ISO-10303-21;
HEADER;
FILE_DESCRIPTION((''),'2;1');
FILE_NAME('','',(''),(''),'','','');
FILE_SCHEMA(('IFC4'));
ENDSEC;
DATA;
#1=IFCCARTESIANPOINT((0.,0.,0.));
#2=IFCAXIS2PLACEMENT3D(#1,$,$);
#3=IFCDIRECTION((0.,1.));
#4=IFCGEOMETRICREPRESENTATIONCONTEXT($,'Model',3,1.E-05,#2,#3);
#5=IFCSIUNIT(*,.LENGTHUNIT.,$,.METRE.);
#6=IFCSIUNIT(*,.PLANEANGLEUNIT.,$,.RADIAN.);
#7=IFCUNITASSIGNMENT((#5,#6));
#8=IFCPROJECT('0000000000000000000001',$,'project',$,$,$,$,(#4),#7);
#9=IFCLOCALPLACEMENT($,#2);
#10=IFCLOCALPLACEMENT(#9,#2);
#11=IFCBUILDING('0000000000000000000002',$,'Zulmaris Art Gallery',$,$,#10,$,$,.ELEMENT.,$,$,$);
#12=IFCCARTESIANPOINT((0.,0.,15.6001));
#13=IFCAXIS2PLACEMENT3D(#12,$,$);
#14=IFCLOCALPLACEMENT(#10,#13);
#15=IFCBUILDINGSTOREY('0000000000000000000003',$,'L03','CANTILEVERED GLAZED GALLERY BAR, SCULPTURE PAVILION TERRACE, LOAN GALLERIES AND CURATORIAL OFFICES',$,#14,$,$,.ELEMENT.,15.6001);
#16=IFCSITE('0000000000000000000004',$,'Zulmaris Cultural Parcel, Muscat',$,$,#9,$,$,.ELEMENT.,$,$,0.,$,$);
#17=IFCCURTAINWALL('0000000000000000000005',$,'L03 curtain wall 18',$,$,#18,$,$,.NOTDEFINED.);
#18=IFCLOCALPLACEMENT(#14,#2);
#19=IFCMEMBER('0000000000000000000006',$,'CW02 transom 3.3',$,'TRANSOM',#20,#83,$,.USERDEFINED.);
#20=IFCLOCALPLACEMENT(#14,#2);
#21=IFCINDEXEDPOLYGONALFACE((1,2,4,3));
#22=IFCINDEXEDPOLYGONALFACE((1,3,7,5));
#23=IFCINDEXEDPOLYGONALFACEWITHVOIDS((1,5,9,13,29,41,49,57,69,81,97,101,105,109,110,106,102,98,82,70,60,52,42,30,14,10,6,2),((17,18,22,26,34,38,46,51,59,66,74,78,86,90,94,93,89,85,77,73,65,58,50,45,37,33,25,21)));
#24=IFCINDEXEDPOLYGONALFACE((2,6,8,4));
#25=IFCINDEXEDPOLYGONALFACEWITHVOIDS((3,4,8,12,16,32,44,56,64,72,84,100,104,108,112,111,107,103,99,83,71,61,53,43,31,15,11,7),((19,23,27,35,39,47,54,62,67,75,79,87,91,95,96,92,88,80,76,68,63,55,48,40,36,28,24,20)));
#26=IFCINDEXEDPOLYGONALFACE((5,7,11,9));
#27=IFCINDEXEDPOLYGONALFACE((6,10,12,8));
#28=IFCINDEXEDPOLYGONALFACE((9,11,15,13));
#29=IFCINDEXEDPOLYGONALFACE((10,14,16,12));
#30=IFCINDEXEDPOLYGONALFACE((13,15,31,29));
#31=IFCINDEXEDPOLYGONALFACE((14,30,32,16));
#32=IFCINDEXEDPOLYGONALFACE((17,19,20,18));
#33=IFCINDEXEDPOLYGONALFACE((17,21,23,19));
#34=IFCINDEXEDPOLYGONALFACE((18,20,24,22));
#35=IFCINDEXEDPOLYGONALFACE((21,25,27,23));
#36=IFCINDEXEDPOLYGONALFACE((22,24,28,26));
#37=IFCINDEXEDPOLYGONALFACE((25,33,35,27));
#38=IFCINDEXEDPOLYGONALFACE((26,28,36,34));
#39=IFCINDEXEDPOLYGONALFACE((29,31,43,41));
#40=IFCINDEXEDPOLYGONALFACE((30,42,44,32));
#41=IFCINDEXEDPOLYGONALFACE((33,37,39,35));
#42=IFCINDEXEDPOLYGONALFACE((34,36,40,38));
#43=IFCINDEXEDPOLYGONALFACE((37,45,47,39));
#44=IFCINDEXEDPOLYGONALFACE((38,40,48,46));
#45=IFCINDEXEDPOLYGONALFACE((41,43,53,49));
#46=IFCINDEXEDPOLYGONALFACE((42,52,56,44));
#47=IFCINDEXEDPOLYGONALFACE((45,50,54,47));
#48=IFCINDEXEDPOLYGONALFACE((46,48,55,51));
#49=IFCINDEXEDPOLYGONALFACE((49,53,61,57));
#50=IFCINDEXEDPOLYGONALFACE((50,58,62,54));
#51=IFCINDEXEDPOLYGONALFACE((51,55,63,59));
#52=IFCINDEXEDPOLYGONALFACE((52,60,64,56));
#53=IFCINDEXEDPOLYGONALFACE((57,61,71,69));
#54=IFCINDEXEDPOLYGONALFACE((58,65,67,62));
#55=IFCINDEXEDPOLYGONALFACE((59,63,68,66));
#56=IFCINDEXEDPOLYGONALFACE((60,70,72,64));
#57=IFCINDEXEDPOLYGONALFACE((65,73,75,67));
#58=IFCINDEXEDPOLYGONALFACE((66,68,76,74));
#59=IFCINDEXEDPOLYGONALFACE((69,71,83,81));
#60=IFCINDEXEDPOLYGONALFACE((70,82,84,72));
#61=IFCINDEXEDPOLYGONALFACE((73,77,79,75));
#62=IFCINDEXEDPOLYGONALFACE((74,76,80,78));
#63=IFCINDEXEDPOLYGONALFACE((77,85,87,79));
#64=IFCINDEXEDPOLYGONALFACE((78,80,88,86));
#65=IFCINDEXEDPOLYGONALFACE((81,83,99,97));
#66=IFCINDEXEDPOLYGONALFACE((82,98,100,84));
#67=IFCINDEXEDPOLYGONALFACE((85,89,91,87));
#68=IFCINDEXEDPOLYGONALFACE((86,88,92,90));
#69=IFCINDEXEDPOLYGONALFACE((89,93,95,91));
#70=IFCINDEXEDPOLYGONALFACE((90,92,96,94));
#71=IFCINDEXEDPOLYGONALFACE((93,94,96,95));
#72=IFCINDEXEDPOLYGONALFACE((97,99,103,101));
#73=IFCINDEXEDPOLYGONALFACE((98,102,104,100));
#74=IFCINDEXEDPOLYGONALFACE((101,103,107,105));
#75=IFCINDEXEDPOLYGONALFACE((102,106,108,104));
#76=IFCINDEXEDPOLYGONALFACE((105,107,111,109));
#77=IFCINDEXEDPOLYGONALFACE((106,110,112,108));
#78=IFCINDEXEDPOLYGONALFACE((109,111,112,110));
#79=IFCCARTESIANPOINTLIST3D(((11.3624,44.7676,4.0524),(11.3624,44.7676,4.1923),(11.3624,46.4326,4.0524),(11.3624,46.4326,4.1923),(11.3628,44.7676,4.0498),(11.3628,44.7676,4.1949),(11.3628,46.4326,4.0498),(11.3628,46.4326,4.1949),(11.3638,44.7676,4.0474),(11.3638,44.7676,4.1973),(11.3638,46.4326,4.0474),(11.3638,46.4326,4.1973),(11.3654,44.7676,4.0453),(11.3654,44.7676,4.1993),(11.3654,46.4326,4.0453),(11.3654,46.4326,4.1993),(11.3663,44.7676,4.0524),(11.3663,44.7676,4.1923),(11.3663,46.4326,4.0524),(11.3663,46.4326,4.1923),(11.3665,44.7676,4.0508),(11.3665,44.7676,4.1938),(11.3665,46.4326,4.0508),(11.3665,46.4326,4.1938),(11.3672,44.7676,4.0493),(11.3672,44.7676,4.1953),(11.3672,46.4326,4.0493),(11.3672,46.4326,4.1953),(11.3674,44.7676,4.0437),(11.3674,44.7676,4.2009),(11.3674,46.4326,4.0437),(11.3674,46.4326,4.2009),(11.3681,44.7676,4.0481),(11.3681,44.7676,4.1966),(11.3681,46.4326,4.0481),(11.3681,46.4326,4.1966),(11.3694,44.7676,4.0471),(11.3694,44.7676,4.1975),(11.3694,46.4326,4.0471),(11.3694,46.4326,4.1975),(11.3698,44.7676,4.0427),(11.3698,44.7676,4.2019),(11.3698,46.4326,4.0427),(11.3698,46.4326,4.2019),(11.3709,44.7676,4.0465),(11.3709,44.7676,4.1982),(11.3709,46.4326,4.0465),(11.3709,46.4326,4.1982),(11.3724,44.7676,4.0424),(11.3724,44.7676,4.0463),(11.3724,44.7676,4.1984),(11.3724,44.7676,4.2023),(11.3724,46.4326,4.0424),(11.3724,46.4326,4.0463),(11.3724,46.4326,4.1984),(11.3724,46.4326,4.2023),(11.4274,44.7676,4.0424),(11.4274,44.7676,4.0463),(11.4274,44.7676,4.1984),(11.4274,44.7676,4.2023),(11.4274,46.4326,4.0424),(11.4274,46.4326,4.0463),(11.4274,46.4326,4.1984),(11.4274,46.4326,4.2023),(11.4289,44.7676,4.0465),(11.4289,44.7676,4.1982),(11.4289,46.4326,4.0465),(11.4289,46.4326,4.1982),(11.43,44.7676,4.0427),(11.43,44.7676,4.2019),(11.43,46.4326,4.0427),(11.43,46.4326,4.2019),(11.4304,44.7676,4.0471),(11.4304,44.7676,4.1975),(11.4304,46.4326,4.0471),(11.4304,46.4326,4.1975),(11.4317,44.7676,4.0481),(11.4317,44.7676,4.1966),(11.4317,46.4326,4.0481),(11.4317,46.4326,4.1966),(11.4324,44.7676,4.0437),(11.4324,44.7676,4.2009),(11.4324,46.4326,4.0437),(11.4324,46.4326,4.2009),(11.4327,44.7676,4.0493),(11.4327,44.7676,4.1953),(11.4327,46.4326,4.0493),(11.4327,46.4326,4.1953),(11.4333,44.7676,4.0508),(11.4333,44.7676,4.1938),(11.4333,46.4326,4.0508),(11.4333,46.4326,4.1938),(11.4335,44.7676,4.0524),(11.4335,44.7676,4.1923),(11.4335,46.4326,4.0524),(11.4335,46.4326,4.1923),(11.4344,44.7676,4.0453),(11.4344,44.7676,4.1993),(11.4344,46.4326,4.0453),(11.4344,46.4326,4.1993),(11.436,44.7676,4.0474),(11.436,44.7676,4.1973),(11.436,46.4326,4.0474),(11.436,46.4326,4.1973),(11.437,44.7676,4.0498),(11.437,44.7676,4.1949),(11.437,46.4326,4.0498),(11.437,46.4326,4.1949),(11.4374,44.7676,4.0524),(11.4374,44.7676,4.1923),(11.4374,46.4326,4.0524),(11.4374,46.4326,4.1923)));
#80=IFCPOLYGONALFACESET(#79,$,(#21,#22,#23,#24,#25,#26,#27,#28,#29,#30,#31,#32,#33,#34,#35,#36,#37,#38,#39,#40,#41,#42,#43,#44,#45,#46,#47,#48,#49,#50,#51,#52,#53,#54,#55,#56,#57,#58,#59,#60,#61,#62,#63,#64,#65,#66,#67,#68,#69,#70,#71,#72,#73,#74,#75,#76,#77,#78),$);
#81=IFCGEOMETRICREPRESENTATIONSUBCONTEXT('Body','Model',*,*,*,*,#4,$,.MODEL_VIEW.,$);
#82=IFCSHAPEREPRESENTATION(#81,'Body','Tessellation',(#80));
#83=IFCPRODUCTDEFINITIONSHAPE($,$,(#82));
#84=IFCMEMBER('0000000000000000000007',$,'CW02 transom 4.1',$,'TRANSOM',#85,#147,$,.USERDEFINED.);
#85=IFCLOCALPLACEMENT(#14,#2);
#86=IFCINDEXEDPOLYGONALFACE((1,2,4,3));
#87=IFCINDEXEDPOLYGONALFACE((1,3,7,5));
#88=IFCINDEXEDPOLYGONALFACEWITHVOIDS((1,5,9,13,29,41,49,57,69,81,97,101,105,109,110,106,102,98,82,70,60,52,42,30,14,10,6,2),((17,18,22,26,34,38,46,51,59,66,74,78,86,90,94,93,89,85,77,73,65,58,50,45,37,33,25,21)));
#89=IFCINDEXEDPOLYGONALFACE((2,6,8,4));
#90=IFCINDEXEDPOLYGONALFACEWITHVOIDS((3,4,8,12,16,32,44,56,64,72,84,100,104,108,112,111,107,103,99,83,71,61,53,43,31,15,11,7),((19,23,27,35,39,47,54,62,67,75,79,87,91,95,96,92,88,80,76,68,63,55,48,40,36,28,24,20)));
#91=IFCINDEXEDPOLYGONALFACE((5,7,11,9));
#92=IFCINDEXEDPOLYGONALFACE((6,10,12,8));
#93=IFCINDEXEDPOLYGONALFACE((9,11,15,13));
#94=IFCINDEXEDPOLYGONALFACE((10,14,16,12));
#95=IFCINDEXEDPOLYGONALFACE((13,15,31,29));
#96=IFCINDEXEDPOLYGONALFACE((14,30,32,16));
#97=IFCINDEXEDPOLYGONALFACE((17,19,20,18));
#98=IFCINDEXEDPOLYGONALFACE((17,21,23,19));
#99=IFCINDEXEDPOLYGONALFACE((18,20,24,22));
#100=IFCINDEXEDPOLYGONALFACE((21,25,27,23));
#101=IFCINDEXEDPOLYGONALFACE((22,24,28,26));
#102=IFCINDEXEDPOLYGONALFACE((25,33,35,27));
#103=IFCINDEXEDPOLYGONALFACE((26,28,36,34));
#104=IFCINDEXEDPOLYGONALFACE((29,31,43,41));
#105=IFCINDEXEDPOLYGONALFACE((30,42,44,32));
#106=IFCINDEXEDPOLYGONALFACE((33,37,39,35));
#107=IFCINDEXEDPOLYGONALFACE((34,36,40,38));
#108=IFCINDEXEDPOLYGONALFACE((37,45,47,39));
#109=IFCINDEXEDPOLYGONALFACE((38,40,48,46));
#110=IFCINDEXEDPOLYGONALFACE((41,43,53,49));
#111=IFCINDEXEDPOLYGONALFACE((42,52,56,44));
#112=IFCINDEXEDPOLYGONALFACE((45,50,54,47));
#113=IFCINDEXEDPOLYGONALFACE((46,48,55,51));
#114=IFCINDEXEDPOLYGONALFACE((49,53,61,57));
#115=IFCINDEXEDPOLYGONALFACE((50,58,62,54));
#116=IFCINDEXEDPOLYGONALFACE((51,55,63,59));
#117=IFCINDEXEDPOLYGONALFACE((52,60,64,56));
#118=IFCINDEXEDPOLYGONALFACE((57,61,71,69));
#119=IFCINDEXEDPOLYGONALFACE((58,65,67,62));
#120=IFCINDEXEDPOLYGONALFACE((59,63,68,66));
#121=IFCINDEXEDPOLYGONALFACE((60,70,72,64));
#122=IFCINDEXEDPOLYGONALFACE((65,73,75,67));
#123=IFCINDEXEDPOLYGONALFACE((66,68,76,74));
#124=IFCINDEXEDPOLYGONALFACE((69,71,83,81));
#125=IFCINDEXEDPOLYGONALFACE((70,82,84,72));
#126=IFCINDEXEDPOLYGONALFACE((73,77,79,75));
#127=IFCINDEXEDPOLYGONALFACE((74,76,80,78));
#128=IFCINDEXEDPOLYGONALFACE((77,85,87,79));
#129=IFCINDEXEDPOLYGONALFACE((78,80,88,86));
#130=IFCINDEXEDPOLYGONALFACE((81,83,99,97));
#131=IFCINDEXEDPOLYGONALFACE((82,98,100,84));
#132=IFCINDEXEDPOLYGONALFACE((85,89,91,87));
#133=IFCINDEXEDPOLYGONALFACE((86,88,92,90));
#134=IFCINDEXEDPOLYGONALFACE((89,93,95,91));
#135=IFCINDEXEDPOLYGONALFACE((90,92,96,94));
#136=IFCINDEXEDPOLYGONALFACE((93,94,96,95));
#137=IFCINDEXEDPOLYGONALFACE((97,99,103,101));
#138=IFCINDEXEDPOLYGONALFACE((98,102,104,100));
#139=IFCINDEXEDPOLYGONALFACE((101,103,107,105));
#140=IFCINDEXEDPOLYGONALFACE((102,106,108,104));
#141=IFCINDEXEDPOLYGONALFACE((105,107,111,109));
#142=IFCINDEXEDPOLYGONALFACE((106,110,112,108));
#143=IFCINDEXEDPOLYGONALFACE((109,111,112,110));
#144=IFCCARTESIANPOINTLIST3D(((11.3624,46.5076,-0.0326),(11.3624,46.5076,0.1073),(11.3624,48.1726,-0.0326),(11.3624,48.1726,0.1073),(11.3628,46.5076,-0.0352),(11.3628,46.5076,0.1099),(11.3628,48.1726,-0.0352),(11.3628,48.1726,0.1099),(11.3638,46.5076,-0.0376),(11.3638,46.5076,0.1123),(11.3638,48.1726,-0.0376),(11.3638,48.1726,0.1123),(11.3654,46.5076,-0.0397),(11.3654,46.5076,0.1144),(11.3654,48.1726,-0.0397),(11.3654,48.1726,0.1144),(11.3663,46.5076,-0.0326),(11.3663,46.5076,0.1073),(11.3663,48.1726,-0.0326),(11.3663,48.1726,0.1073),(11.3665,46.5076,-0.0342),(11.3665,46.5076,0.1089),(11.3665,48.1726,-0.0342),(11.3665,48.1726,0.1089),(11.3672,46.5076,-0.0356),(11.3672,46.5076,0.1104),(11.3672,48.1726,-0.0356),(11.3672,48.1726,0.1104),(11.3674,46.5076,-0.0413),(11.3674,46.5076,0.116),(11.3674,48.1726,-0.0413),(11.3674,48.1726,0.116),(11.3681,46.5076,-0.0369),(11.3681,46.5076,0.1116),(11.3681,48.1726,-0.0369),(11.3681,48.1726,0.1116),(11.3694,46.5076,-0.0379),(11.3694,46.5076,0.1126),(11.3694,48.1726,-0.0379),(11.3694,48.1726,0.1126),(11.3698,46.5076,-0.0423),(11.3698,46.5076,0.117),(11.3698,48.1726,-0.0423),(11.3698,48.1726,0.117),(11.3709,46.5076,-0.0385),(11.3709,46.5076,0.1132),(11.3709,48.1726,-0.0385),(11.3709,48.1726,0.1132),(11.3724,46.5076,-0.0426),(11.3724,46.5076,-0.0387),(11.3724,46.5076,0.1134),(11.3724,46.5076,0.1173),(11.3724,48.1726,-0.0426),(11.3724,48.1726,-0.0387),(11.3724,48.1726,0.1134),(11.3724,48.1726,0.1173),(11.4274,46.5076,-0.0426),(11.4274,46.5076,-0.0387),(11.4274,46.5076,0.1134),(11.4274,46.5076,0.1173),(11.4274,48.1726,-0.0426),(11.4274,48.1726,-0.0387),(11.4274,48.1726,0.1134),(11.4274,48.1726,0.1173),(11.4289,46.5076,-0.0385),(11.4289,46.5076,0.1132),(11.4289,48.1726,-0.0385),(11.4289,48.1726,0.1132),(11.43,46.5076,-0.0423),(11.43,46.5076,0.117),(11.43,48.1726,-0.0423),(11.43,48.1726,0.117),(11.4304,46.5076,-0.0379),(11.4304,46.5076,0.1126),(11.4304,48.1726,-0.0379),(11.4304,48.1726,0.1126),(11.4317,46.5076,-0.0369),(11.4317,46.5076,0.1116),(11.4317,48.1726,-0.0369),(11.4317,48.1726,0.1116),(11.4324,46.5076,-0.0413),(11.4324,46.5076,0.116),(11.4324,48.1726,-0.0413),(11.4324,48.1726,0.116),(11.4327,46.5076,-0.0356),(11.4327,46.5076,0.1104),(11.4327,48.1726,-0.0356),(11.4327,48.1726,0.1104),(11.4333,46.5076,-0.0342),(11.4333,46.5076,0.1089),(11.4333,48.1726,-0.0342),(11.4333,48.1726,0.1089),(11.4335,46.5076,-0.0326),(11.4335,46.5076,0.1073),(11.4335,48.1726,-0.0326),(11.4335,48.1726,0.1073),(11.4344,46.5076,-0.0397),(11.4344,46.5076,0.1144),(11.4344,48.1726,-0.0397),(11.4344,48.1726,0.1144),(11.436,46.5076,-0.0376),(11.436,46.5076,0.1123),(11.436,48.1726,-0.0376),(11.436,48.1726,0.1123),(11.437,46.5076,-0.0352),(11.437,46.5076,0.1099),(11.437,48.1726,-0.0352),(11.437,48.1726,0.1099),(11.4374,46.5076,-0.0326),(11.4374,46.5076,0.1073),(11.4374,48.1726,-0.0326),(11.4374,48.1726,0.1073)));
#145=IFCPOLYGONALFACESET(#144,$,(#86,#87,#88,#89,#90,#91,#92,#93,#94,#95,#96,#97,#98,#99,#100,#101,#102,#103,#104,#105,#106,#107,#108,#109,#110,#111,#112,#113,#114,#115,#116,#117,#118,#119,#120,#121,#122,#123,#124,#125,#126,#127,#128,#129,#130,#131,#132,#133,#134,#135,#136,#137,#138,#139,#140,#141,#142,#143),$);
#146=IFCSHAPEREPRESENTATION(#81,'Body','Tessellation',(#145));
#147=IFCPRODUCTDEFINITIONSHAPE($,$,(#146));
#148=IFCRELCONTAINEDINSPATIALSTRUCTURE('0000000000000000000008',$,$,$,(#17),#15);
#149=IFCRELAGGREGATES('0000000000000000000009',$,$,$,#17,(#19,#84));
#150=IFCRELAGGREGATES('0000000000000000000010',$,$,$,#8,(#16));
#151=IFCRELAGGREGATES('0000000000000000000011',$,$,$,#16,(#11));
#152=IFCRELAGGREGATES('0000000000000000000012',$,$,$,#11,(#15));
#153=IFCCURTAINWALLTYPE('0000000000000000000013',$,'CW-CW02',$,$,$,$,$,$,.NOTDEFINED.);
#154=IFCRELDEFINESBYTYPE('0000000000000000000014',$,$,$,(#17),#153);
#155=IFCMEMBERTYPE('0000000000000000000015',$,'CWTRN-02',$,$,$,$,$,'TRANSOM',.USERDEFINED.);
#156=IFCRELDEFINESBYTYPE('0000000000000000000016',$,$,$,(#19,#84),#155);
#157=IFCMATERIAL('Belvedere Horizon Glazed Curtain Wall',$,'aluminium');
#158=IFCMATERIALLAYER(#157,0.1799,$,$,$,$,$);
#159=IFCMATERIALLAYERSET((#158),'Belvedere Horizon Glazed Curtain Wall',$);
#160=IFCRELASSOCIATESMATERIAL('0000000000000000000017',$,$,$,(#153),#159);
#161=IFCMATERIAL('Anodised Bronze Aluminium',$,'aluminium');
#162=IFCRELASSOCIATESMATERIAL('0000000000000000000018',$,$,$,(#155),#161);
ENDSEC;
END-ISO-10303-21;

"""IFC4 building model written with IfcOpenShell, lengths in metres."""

from ifc_helpers import new_model, si_unit, direction, frame, origin, origin_2d, place, context, subcontext, project, spatial, hollow_rectangle, extrude, material, layer, layer_set, material_profile, profile_set, type_object, element, aggregate, save


model = new_model("IFC4")

# Units and contexts
model_context = context("Model", 3, precision=1e-05, world=origin(), true_north=direction((0.0, 1.0)))
body_context = subcontext(model_context, "Body", "Model", "MODEL_VIEW")
ifc_project = project(units=[si_unit("LENGTHUNIT", "METRE"), si_unit("PLANEANGLEUNIT", "RADIAN")], contexts=[model_context])

# Site, building, storey
site_placement = place(None, origin())
site = spatial("IfcSite", under=ifc_project, at=site_placement, Name="Zulmaris Cultural Parcel, Muscat", CompositionType="ELEMENT", RefElevation=0.0)
building_placement = place(site_placement, origin())
building = spatial("IfcBuilding", under=site, at=building_placement, Name="Zulmaris Art Gallery", CompositionType="ELEMENT")
storey_placement = place(building_placement, frame((0.0, 0.0, 15.6001)))
storey = spatial("IfcBuildingStorey", under=building, at=storey_placement, Name="L03", Description="CANTILEVERED GLAZED GALLERY BAR, SCULPTURE PAVILION TERRACE, LOAN GALLERIES AND CURATORIAL OFFICES", CompositionType="ELEMENT", Elevation=15.6001)

# Curtain wall, members
ifc_material_1 = material(Name="Belvedere Horizon Glazed Curtain Wall", Category="aluminium")
ifc_layer_1 = layer(ifc_material_1, 0.1799)
ifc_layer_set_1 = layer_set([ifc_layer_1], Name="Belvedere Horizon Glazed Curtain Wall")
curtain_wall_type = type_object("IfcCurtainWallType", Name="CW-CW02", PredefinedType="NOTDEFINED", material=ifc_layer_set_1)
curtain_wall_placement = place(storey_placement, origin())
curtain_wall = element("IfcCurtainWall", 1, at=curtain_wall_placement, inside=storey, type_object=curtain_wall_type, Name="L03 curtain wall 18", PredefinedType="NOTDEFINED")
ifc_material_2 = material(Name="Anodised Bronze Aluminium", Category="aluminium")
ifc_material_profile_1 = material_profile(ifc_material_2, hollow_rectangle(XDim=0.075, YDim=0.1599, WallThickness=0.0039, InnerFilletRadius=0.0061, OuterFilletRadius=0.01, at=origin_2d()), Name="ALU 75x160x4")
ifc_profile_set_1 = profile_set([ifc_material_profile_1], Name="Anodised Bronze Aluminium")
member_type_1 = type_object("IfcMemberType", Name="CWTRN-02", ElementType="TRANSOM", PredefinedType="USERDEFINED", material=ifc_profile_set_1)
member_1_placement = place(storey_placement, frame((11.3999, 44.7676, 4.1223), z_axis=(0.0, 1.0, 0.0), x_axis=(-1.0, 0.0, 0.0)))
member_1 = element("IfcMember", 2, at=member_1_placement, type_object=member_type_1, Name="CW02 transom 3.3", ObjectType="TRANSOM", PredefinedType="USERDEFINED", context=body_context, shape_type="SweptSolid", body=[
    extrude(hollow_rectangle(XDim=0.075, YDim=0.1599, WallThickness=0.0039, InnerFilletRadius=0.0061, OuterFilletRadius=0.01, at=origin_2d()), origin(), (0.0, 0.0, 1.0), 1.665),
])
member_2_placement = place(storey_placement, frame((11.3999, 46.5076, 0.0374), z_axis=(0.0, 1.0, 0.0), x_axis=(-1.0, 0.0, 0.0)))
member_2 = element("IfcMember", 3, at=member_2_placement, type_object=member_type_1, Name="CW02 transom 4.1", ObjectType="TRANSOM", PredefinedType="USERDEFINED", context=body_context, shape_type="SweptSolid", body=[
    extrude(hollow_rectangle(XDim=0.075, YDim=0.1599, WallThickness=0.0039, InnerFilletRadius=0.0061, OuterFilletRadius=0.01, at=origin_2d()), origin(), (0.0, 0.0, 1.0), 1.665),
])
aggregate(curtain_wall, [member_1, member_2])

save(model, "model.ifc")
